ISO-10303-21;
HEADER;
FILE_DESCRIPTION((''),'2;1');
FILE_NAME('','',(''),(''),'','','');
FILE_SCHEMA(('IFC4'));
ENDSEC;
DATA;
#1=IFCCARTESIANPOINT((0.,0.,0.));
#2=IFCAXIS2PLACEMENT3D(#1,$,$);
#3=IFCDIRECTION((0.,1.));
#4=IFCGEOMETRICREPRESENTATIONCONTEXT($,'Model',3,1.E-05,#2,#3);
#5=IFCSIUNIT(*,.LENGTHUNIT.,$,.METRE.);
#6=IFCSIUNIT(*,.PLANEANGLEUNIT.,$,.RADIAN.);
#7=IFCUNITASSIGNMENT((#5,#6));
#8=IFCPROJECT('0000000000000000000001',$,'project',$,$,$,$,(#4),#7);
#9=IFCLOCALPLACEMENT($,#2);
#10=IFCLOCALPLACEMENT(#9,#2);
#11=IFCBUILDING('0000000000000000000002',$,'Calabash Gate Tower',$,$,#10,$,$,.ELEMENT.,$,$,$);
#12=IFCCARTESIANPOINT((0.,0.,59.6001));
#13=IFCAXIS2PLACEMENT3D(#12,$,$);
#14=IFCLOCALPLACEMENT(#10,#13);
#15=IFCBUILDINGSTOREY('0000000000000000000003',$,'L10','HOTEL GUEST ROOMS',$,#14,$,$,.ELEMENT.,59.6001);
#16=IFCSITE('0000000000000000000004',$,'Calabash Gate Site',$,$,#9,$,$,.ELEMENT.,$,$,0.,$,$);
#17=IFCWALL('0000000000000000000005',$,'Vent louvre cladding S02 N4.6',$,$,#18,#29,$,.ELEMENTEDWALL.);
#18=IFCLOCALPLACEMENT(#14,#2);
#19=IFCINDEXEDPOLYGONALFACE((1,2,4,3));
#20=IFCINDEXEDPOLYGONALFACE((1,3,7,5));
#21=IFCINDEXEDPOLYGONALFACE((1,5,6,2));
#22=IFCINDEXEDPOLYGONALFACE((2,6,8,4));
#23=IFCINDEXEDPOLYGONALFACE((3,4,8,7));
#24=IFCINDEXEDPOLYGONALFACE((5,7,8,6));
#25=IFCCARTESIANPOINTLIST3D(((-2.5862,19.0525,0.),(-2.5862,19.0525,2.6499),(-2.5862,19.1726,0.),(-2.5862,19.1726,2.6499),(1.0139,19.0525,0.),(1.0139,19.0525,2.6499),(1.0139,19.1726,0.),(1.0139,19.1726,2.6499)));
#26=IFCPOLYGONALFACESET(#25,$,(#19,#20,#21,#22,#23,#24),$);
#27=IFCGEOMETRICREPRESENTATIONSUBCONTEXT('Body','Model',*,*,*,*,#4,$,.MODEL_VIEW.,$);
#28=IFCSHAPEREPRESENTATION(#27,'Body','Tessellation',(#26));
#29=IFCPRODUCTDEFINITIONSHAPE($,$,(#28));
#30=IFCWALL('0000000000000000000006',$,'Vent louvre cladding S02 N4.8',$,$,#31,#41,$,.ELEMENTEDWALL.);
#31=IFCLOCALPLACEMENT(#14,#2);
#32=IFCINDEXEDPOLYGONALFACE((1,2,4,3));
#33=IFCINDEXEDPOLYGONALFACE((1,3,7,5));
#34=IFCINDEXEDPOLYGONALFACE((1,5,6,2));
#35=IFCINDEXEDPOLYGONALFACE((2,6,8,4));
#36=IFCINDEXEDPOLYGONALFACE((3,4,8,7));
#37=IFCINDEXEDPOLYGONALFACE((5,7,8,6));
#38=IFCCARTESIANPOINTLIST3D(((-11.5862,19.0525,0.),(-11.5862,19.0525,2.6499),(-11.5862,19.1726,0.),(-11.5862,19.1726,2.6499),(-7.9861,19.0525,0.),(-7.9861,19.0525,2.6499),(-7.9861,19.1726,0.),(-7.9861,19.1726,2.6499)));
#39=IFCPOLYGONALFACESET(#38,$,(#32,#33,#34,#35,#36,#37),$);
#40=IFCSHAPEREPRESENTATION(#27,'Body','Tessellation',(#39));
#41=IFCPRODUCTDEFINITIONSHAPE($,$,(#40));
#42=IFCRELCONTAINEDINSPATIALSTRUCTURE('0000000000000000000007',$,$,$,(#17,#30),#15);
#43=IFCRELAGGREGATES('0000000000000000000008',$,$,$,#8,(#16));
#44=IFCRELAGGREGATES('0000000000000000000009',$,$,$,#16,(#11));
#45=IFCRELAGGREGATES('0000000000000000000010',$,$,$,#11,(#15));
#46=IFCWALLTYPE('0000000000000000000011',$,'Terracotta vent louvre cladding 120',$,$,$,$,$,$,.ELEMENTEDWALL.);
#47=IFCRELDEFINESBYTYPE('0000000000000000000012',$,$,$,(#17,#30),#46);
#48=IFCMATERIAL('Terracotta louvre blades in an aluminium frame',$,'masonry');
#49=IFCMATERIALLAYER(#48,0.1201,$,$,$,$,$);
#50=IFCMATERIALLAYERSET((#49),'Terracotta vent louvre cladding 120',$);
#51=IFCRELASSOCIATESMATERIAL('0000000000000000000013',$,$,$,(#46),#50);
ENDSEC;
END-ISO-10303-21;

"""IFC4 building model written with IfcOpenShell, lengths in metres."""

from ifc_helpers import new_model, si_unit, direction, frame, origin, place, context, subcontext, project, spatial, polyline, outline, extrude, material, layer, layer_set, type_object, element, save


model = new_model("IFC4")

# Units and contexts
model_context = context("Model", 3, precision=1e-05, world=origin(), true_north=direction((0.0, 1.0)))
body_context = subcontext(model_context, "Body", "Model", "MODEL_VIEW")
ifc_project = project(units=[si_unit("LENGTHUNIT", "METRE"), si_unit("PLANEANGLEUNIT", "RADIAN")], contexts=[model_context])

# Site, building, storey
site_placement = place(None, origin())
site = spatial("IfcSite", under=ifc_project, at=site_placement, Name="Calabash Gate Site", CompositionType="ELEMENT", RefElevation=0.0)
building_placement = place(site_placement, origin())
building = spatial("IfcBuilding", under=site, at=building_placement, Name="Calabash Gate Tower", CompositionType="ELEMENT")
storey_placement = place(building_placement, frame((0.0, 0.0, 59.6001)))
storey = spatial("IfcBuildingStorey", under=building, at=storey_placement, Name="L10", Description="HOTEL GUEST ROOMS", CompositionType="ELEMENT", Elevation=59.6001)

# Walls
ifc_material_1 = material(Name="Terracotta louvre blades in an aluminium frame", Category="masonry")
ifc_layer_1 = layer(ifc_material_1, 0.1201)
ifc_layer_set_1 = layer_set([ifc_layer_1], Name="Terracotta vent louvre cladding 120")
wall_type_1 = type_object("IfcWallType", Name="Terracotta vent louvre cladding 120", PredefinedType="ELEMENTEDWALL", material=ifc_layer_set_1)
wall_1_placement = place(storey_placement, origin())
element("IfcWall", 1, at=wall_1_placement, inside=storey, type_object=wall_type_1, Name="Vent louvre cladding S02 N4.6", PredefinedType="ELEMENTEDWALL", context=body_context, shape_type="SweptSolid", body=[
    extrude(outline(polyline([(-2.5862, 19.1726), (-2.5862, 19.0525), (1.0139, 19.0525), (1.0139, 19.1726), (-2.5862, 19.1726)])), origin(), (0.0, 0.0, 1.0), 2.6499),
])
wall_2_placement = place(storey_placement, origin())
element("IfcWall", 2, at=wall_2_placement, inside=storey, type_object=wall_type_1, Name="Vent louvre cladding S02 N4.8", PredefinedType="ELEMENTEDWALL", context=body_context, shape_type="SweptSolid", body=[
    extrude(outline(polyline([(-11.5862, 19.1726), (-11.5862, 19.0525), (-7.9861, 19.0525), (-7.9861, 19.1726), (-11.5862, 19.1726)])), origin(), (0.0, 0.0, 1.0), 2.6499),
])

save(model, "model.ifc")
